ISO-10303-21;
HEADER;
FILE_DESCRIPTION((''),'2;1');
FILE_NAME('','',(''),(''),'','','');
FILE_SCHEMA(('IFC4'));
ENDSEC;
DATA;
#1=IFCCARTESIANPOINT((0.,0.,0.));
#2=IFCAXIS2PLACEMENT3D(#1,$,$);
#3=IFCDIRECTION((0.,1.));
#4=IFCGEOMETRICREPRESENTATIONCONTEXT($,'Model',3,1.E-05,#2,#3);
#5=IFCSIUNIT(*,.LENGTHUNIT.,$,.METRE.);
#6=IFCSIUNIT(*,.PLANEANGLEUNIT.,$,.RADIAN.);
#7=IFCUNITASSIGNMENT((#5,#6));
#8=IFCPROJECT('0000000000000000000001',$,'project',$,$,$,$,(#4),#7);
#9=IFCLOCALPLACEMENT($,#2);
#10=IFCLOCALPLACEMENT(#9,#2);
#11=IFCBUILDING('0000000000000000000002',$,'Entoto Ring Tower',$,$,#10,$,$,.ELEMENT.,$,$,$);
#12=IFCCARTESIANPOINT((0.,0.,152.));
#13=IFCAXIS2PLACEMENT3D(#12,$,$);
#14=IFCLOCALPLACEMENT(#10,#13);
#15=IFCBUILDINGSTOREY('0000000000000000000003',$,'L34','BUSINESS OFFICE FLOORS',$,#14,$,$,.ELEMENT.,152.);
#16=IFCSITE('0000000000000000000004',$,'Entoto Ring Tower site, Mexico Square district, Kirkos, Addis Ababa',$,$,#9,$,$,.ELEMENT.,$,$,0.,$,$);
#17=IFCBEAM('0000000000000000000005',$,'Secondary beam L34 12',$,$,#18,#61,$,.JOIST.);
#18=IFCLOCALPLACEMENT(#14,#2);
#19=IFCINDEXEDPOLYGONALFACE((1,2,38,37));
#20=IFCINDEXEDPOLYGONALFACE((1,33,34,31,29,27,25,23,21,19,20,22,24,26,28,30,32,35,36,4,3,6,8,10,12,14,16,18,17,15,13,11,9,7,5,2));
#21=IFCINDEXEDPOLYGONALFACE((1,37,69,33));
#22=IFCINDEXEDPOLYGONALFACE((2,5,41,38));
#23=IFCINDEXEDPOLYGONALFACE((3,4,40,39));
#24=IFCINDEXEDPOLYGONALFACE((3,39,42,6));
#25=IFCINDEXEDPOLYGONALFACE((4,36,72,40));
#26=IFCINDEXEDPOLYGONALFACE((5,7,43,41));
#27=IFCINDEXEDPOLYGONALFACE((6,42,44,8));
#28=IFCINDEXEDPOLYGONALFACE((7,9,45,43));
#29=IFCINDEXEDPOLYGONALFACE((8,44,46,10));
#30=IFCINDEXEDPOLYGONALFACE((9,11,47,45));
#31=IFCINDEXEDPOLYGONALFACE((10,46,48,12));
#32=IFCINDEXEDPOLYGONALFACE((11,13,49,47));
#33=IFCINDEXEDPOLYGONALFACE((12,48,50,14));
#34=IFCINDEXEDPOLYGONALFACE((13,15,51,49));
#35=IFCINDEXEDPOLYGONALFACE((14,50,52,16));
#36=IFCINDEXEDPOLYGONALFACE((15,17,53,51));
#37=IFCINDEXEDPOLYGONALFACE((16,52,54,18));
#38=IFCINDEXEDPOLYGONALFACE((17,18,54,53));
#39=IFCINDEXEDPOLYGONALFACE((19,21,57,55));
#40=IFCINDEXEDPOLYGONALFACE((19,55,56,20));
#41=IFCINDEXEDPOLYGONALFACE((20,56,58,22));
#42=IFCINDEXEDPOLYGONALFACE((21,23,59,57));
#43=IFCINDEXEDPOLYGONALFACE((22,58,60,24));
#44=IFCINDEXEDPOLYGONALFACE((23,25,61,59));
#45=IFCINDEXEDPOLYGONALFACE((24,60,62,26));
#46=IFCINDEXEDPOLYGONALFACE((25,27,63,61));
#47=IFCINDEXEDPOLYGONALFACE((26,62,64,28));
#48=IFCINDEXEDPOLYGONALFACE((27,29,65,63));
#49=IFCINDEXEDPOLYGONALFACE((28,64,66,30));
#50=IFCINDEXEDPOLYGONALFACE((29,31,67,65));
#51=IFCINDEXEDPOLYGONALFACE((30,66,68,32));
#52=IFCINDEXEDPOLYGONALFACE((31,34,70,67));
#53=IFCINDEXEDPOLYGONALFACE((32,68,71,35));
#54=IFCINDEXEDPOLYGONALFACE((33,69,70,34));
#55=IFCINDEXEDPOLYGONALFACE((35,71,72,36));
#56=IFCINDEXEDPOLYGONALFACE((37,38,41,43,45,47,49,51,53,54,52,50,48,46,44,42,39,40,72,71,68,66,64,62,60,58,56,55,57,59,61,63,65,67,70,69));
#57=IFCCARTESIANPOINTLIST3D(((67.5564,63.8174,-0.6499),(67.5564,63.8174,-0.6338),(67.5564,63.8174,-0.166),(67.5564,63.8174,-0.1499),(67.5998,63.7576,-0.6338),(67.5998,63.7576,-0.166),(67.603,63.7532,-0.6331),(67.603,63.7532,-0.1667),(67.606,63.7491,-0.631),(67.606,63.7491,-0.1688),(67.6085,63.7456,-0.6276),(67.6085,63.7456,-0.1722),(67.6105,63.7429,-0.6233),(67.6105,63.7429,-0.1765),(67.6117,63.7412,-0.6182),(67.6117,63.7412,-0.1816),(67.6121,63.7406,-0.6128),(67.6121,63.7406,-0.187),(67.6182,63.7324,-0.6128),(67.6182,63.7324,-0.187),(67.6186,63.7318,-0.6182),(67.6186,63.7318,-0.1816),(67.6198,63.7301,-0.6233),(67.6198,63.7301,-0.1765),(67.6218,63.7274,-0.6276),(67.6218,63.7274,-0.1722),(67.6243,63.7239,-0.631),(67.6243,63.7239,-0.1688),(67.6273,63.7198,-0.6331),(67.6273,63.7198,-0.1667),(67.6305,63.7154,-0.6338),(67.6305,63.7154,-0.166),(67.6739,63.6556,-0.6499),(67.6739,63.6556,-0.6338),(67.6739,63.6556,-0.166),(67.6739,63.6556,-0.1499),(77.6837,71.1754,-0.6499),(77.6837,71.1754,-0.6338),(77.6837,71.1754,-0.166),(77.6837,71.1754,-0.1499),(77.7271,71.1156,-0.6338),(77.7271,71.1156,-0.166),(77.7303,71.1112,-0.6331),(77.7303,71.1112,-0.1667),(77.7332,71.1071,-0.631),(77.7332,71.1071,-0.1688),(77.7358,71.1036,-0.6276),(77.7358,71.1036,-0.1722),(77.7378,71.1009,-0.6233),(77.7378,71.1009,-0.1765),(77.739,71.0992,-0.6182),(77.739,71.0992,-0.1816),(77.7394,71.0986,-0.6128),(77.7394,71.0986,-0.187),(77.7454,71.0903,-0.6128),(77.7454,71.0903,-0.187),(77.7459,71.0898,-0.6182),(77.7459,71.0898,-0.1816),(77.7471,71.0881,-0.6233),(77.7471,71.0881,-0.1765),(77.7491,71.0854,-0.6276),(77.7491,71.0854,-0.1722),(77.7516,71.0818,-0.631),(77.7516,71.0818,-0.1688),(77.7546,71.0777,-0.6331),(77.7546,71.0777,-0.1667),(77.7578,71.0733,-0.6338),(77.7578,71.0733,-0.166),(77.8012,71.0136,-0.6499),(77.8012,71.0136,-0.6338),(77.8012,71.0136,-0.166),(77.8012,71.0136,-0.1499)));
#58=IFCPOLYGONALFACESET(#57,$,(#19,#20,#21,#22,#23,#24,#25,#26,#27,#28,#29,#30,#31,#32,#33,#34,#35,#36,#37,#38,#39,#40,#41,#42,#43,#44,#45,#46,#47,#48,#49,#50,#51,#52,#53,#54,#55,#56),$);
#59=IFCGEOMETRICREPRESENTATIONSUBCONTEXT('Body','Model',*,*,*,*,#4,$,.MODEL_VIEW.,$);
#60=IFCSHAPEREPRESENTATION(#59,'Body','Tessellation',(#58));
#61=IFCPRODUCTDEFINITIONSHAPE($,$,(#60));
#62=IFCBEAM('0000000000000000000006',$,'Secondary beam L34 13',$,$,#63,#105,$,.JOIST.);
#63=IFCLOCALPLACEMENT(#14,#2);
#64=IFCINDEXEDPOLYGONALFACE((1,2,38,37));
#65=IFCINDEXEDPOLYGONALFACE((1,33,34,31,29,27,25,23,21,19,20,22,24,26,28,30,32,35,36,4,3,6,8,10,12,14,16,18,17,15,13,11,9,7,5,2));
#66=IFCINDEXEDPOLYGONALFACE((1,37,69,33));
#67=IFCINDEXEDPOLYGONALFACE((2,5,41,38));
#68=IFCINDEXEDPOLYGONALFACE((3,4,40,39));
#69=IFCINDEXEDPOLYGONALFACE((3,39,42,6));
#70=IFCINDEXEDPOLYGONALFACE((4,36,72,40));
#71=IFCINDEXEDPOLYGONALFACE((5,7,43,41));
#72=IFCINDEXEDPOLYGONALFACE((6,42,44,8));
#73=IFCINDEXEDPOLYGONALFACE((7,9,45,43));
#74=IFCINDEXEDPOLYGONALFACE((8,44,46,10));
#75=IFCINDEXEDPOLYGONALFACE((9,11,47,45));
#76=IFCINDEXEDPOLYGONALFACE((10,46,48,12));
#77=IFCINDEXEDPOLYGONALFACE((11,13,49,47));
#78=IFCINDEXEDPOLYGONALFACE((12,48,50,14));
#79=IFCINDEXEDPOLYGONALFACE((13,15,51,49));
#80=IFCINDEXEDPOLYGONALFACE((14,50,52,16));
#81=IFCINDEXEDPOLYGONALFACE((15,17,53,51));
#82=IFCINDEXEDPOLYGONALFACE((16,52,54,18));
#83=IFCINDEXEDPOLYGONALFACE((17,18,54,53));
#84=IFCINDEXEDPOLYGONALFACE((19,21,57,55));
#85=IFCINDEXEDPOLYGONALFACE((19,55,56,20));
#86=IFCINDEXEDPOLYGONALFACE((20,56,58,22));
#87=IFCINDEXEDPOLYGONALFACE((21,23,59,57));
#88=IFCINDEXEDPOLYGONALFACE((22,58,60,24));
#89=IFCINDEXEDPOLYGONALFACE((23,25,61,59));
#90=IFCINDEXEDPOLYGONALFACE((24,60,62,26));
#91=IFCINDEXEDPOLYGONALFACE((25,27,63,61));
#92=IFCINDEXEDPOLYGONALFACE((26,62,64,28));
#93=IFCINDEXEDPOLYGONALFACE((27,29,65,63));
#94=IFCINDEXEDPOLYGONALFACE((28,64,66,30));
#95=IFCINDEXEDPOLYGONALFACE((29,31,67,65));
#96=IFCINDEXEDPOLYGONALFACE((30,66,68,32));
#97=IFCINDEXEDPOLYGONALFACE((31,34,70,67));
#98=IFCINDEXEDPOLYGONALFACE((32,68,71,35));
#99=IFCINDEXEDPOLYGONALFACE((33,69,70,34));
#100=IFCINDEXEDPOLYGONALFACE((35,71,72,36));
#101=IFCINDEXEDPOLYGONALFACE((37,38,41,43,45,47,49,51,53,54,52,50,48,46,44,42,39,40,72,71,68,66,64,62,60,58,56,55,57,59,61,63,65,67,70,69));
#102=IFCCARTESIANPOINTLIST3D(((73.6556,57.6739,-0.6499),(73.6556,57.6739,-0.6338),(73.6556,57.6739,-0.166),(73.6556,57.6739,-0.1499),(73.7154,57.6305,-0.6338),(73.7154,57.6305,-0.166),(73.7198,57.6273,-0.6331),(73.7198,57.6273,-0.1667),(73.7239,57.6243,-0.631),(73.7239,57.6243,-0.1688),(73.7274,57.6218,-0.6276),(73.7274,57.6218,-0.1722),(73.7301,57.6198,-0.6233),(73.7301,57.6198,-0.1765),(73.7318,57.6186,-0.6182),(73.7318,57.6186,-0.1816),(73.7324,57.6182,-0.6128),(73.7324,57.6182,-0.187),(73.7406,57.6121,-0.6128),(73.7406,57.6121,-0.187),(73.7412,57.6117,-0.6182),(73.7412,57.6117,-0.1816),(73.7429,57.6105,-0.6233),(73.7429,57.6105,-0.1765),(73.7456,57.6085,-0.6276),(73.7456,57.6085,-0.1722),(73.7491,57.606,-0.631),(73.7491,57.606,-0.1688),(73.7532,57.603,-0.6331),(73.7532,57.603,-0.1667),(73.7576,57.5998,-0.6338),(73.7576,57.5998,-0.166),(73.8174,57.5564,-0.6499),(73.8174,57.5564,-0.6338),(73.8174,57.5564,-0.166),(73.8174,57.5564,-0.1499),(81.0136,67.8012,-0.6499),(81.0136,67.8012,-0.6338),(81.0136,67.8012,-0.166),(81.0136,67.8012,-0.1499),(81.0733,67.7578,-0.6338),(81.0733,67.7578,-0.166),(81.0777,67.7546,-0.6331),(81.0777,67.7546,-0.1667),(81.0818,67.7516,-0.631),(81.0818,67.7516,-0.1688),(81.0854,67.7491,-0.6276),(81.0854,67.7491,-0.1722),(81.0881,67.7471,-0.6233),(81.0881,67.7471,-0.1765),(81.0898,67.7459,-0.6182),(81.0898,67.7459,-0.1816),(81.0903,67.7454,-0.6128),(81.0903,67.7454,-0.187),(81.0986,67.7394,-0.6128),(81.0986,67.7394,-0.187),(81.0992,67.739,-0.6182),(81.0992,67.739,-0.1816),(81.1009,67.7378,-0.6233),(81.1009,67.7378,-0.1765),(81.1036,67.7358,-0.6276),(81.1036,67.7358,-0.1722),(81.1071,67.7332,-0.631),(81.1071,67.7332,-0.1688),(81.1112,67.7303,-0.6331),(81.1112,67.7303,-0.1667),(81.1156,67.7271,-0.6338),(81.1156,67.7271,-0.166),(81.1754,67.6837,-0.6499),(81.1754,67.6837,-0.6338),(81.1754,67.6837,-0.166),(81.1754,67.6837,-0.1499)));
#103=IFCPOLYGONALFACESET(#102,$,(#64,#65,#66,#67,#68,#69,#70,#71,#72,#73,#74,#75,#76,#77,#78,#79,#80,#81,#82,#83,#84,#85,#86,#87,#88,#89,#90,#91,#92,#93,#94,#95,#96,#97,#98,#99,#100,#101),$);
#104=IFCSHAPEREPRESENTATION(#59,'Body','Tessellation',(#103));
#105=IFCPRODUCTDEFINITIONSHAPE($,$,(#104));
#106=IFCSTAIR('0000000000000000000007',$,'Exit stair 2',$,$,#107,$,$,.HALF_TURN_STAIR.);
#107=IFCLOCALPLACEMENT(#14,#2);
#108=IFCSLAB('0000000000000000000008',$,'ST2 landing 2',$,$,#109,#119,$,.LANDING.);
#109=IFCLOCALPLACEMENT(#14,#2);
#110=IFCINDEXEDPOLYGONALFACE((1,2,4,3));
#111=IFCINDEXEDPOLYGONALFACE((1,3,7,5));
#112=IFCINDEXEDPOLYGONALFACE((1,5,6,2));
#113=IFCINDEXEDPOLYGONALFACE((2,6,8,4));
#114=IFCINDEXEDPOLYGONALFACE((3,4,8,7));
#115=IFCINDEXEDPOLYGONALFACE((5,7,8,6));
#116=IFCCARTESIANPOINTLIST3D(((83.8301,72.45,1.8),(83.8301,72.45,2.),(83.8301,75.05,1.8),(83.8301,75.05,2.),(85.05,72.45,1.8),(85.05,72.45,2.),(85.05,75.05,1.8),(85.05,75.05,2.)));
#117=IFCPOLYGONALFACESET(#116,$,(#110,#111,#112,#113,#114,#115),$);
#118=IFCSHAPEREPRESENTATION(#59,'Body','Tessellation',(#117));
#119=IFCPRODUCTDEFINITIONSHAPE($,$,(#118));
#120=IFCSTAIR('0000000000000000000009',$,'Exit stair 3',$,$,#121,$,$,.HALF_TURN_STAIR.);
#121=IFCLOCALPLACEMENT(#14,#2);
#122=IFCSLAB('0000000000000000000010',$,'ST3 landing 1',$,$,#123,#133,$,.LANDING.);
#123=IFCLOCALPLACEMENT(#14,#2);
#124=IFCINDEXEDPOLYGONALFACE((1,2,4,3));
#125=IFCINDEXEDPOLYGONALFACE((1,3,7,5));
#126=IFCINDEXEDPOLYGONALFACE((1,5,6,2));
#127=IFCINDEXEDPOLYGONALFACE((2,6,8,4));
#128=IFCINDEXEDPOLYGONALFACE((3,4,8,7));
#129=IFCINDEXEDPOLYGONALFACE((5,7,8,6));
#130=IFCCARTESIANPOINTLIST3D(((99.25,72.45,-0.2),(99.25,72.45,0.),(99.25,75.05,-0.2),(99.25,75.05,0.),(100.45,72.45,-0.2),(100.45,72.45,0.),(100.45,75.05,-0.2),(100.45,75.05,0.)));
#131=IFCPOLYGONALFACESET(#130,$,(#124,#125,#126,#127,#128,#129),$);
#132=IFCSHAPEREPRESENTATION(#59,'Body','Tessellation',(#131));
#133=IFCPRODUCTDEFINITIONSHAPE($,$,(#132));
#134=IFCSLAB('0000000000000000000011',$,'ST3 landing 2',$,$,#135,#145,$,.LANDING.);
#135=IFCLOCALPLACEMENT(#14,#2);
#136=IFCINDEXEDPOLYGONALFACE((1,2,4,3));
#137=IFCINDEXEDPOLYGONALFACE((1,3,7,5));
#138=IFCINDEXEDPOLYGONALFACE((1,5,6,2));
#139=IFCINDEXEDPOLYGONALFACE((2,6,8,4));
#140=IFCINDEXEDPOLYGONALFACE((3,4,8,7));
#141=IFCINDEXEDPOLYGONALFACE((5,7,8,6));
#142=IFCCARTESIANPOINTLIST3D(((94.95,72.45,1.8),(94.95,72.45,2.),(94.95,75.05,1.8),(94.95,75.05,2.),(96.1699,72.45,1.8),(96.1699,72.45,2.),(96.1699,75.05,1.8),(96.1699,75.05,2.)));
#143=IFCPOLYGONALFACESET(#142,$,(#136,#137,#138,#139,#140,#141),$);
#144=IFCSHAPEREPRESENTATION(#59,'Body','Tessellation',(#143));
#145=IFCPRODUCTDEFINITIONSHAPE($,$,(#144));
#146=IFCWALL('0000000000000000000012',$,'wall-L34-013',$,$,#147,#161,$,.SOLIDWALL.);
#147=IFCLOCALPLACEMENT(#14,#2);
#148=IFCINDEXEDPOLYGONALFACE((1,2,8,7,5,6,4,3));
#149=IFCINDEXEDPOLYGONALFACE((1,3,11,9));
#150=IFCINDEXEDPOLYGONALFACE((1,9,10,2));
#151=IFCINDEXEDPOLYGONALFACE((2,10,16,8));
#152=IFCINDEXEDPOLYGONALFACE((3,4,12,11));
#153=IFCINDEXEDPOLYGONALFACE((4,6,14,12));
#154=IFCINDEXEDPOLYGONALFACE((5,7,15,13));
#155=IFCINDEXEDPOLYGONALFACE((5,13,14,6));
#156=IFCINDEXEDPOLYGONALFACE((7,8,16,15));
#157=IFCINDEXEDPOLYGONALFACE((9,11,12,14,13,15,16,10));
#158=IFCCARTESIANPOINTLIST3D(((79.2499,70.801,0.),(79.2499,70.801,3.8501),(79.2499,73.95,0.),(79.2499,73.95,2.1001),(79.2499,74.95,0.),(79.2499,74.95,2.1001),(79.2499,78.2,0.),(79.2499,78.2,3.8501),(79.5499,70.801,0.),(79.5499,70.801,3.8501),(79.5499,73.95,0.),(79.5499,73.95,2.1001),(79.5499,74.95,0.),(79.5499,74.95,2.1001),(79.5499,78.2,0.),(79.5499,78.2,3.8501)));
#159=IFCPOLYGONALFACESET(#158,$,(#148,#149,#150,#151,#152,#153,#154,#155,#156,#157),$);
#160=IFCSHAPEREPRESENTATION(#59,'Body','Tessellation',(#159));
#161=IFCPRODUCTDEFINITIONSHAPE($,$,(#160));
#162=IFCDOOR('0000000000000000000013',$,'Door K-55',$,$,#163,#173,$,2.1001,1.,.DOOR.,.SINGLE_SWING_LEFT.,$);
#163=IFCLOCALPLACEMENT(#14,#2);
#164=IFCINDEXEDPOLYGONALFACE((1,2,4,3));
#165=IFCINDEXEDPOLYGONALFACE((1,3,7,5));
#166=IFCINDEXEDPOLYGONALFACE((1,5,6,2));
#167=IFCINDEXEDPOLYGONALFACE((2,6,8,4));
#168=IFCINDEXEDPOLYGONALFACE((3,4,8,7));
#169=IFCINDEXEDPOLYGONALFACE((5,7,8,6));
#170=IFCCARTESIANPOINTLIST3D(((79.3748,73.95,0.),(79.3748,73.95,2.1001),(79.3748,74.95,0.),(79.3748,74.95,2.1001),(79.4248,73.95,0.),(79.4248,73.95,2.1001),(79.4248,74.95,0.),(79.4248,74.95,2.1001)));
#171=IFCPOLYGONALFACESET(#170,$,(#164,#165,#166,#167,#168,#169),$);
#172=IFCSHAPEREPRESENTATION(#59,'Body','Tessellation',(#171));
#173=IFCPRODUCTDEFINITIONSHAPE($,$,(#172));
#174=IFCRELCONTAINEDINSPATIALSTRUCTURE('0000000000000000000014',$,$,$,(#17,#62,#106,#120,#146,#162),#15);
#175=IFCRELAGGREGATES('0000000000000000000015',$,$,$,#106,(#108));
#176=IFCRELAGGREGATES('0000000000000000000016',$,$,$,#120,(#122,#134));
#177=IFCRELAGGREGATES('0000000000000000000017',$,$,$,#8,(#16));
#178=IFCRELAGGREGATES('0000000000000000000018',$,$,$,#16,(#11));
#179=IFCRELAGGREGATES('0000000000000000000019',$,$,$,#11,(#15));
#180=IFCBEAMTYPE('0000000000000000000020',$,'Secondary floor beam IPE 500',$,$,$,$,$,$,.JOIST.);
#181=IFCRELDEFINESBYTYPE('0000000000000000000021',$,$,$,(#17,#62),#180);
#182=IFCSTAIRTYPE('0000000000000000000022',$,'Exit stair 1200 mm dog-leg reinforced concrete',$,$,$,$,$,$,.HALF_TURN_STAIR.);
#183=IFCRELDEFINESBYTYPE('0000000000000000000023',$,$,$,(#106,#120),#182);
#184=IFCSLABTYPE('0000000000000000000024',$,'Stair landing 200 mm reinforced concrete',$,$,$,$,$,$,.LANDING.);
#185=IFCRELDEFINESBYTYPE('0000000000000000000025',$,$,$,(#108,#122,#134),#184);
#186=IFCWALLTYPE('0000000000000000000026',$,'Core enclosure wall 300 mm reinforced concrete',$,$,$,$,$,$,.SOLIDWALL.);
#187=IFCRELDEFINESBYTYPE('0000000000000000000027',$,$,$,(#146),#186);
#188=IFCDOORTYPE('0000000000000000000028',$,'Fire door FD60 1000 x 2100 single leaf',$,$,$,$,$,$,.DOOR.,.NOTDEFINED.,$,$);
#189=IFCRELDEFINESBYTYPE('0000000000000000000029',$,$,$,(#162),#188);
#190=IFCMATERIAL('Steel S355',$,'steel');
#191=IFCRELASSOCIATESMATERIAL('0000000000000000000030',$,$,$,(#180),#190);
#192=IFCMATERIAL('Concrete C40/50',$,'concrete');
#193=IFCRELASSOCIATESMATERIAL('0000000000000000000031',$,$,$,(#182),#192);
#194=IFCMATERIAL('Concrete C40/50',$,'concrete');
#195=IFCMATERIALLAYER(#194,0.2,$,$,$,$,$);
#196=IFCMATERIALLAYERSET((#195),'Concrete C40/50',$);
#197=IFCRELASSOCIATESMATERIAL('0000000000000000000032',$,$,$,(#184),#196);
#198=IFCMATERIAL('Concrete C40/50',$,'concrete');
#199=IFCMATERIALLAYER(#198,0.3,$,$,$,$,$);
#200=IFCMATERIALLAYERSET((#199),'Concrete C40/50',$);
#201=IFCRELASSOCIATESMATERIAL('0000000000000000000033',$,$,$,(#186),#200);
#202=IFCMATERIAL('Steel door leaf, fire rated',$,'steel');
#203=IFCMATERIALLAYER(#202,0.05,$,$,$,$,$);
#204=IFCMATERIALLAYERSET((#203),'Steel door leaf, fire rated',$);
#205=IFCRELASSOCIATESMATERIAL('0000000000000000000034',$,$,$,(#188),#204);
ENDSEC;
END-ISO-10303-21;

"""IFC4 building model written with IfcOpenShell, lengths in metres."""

from ifc_helpers import new_model, si_unit, direction, frame, frame_2d, origin, origin_2d, place, context, subcontext, project, spatial, polyline, rectangle, i_section, outline, extrude, material, layer, layer_set, material_profile, profile_set, type_object, element, fill, aggregate, save


model = new_model("IFC4")

# Units and contexts
model_context = context("Model", 3, precision=1e-05, world=origin(), true_north=direction((0.0, 1.0)))
body_context = subcontext(model_context, "Body", "Model", "MODEL_VIEW")
ifc_project = project(units=[si_unit("LENGTHUNIT", "METRE"), si_unit("PLANEANGLEUNIT", "RADIAN")], contexts=[model_context])

# Site, building, storey
site_placement = place(None, origin())
site = spatial("IfcSite", under=ifc_project, at=site_placement, Name="Entoto Ring Tower site, Mexico Square district, Kirkos, Addis Ababa", CompositionType="ELEMENT", RefElevation=0.0)
building_placement = place(site_placement, origin())
building = spatial("IfcBuilding", under=site, at=building_placement, Name="Entoto Ring Tower", CompositionType="ELEMENT")
storey_placement = place(building_placement, frame((0.0, 0.0, 152.0)))
storey = spatial("IfcBuildingStorey", under=building, at=storey_placement, Name="L34", Description="BUSINESS OFFICE FLOORS", CompositionType="ELEMENT", Elevation=152.0)

# Beams
ifc_material_1 = material(Name="Steel S355", Category="steel")
ifc_material_profile_1 = material_profile(ifc_material_1, i_section(OverallWidth=0.2, OverallDepth=0.5, WebThickness=0.0103, FlangeThickness=0.0161, FilletRadius=0.021, at=origin_2d()), Name="IPE 500")
ifc_profile_set_1 = profile_set([ifc_material_profile_1], Name="Steel S355")
beam_type_1 = type_object("IfcBeamType", Name="Secondary floor beam IPE 500", PredefinedType="JOIST", material=ifc_profile_set_1)
for number, where, z_axis, x_axis, name in (
    (1, (77.7424, 71.0945, -0.3999), (-0.809014, -0.587789, 0.0), (0.587789, -0.809014, 0.0), "Secondary beam L34 12"),
    (2, (81.0945, 67.7424, -0.3999), (-0.587789, -0.809014, 0.0), (0.809014, -0.587789, 0.0), "Secondary beam L34 13"),
):
    element("IfcBeam", number, at=place(storey_placement, frame(where, z_axis=z_axis, x_axis=x_axis)), inside=storey, type_object=beam_type_1, Name=name, PredefinedType="JOIST", context=body_context, shape_type="SweptSolid", body=[
        extrude(i_section(OverallWidth=0.2, OverallDepth=0.5, WebThickness=0.0103, FlangeThickness=0.0161, FilletRadius=0.021, at=origin_2d()), origin(), (0.0, 0.0, 1.0), 12.5181),
    ])

# Stair, slab
ifc_material_2 = material(Name="Concrete C40/50", Category="concrete")
stair_type = type_object("IfcStairType", Name="Exit stair 1200 mm dog-leg reinforced concrete", PredefinedType="HALF_TURN_STAIR", material=ifc_material_2)
stair_1_placement = place(storey_placement, origin())
stair_1 = element("IfcStair", 3, at=stair_1_placement, inside=storey, type_object=stair_type, Name="Exit stair 2", PredefinedType="HALF_TURN_STAIR")
ifc_material_3 = material(Name="Concrete C40/50", Category="concrete")
ifc_layer_1 = layer(ifc_material_3, 0.2)
ifc_layer_set_1 = layer_set([ifc_layer_1], Name="Concrete C40/50")
slab_type_1 = type_object("IfcSlabType", Name="Stair landing 200 mm reinforced concrete", PredefinedType="LANDING", material=ifc_layer_set_1)
slab_1_placement = place(storey_placement, frame((0.0, 0.0, 1.8)))
slab_1 = element("IfcSlab", 4, at=slab_1_placement, type_object=slab_type_1, Name="ST2 landing 2", PredefinedType="LANDING", context=body_context, shape_type="SweptSolid", body=[
    extrude(outline(polyline([(83.8301, 72.45), (85.05, 72.45), (85.05, 75.05), (83.8301, 75.05), (83.8301, 72.45)])), origin(), (0.0, 0.0, 1.0), 0.2),
])
aggregate(stair_1, [slab_1])

# Stair, slabs
stair_2_placement = place(storey_placement, origin())
stair_2 = element("IfcStair", 5, at=stair_2_placement, inside=storey, type_object=stair_type, Name="Exit stair 3", PredefinedType="HALF_TURN_STAIR")
slab_2_placement = place(storey_placement, frame((0.0, 0.0, -0.2)))
slab_2 = element("IfcSlab", 6, at=slab_2_placement, type_object=slab_type_1, Name="ST3 landing 1", PredefinedType="LANDING", context=body_context, shape_type="SweptSolid", body=[
    extrude(outline(polyline([(100.45, 72.45), (100.45, 75.05), (99.25, 75.05), (99.25, 72.45), (100.45, 72.45)])), origin(), (0.0, 0.0, 1.0), 0.2),
])
slab_3_placement = place(storey_placement, frame((0.0, 0.0, 1.8)))
slab_3 = element("IfcSlab", 7, at=slab_3_placement, type_object=slab_type_1, Name="ST3 landing 2", PredefinedType="LANDING", context=body_context, shape_type="SweptSolid", body=[
    extrude(outline(polyline([(94.95, 72.45), (96.1699, 72.45), (96.1699, 75.05), (94.95, 75.05), (94.95, 72.45)])), origin(), (0.0, 0.0, 1.0), 0.2),
])
aggregate(stair_2, [slab_2, slab_3])

# Wall, opening, door
ifc_material_4 = material(Name="Concrete C40/50", Category="concrete")
ifc_layer_2 = layer(ifc_material_4, 0.3)
ifc_layer_set_2 = layer_set([ifc_layer_2], Name="Concrete C40/50")
wall_type_1 = type_object("IfcWallType", Name="Core enclosure wall 300 mm reinforced concrete", PredefinedType="SOLIDWALL", material=ifc_layer_set_2)
wall_1_placement = place(storey_placement, frame((79.3999, 70.801, 0.0), z_axis=(0.0, 0.0, 1.0), x_axis=(0.0, 1.0, 0.0)))
wall_1 = element("IfcWall", 8, at=wall_1_placement, inside=storey, type_object=wall_type_1, Name="wall-L34-013", PredefinedType="SOLIDWALL", context=body_context, shape_type="SweptSolid", body=[
    extrude(rectangle(XDim=7.3989, YDim=0.3, at=frame_2d((3.6995, 0.0))), origin(), (0.0, 0.0, 1.0), 3.8501),
])
opening_1_placement = place(wall_1_placement, frame((3.1489, 0.0, 0.0)))
opening_1 = element("IfcOpeningElement", 9, at=opening_1_placement, cuts=wall_1, PredefinedType="OPENING", context=body_context, shape_type="SweptSolid", body=[
    extrude(rectangle(XDim=1.0, YDim=2.1001, at=frame_2d((0.5, 1.05))), frame((0.0, 0.1602, 0.0), z_axis=(0.0, -1.0, 0.0), x_axis=(1.0, 0.0, 0.0)), (0.0, 0.0, 1.0), 0.3201),
])
ifc_material_5 = material(Name="Steel door leaf, fire rated", Category="steel")
ifc_layer_3 = layer(ifc_material_5, 0.05)
ifc_layer_set_3 = layer_set([ifc_layer_3], Name="Steel door leaf, fire rated")
door_type_1 = type_object("IfcDoorType", Name="Fire door FD60 1000 x 2100 single leaf", OperationType="NOTDEFINED", PredefinedType="DOOR", material=ifc_layer_set_3)
door_1_placement = place(opening_1_placement, frame((1.0, 0.0, 0.0), z_axis=(0.0, 0.0, 1.0), x_axis=(-1.0, 0.0, 0.0)))
door_1 = element("IfcDoor", 10, at=door_1_placement, inside=storey, type_object=door_type_1, Name="Door K-55", OperationType="SINGLE_SWING_LEFT", OverallHeight=2.1001, OverallWidth=1.0, PredefinedType="DOOR", context=body_context, shape_type="SweptSolid", body=[
    extrude(rectangle(XDim=1.0, YDim=2.1001, at=frame_2d((0.5, 1.05))), frame((0.0, 0.0249, 0.0), z_axis=(0.0, -1.0, 0.0), x_axis=(1.0, 0.0, 0.0)), (0.0, 0.0, 1.0), 0.05),
])
fill(opening_1, door_1)

save(model, "model.ifc")
